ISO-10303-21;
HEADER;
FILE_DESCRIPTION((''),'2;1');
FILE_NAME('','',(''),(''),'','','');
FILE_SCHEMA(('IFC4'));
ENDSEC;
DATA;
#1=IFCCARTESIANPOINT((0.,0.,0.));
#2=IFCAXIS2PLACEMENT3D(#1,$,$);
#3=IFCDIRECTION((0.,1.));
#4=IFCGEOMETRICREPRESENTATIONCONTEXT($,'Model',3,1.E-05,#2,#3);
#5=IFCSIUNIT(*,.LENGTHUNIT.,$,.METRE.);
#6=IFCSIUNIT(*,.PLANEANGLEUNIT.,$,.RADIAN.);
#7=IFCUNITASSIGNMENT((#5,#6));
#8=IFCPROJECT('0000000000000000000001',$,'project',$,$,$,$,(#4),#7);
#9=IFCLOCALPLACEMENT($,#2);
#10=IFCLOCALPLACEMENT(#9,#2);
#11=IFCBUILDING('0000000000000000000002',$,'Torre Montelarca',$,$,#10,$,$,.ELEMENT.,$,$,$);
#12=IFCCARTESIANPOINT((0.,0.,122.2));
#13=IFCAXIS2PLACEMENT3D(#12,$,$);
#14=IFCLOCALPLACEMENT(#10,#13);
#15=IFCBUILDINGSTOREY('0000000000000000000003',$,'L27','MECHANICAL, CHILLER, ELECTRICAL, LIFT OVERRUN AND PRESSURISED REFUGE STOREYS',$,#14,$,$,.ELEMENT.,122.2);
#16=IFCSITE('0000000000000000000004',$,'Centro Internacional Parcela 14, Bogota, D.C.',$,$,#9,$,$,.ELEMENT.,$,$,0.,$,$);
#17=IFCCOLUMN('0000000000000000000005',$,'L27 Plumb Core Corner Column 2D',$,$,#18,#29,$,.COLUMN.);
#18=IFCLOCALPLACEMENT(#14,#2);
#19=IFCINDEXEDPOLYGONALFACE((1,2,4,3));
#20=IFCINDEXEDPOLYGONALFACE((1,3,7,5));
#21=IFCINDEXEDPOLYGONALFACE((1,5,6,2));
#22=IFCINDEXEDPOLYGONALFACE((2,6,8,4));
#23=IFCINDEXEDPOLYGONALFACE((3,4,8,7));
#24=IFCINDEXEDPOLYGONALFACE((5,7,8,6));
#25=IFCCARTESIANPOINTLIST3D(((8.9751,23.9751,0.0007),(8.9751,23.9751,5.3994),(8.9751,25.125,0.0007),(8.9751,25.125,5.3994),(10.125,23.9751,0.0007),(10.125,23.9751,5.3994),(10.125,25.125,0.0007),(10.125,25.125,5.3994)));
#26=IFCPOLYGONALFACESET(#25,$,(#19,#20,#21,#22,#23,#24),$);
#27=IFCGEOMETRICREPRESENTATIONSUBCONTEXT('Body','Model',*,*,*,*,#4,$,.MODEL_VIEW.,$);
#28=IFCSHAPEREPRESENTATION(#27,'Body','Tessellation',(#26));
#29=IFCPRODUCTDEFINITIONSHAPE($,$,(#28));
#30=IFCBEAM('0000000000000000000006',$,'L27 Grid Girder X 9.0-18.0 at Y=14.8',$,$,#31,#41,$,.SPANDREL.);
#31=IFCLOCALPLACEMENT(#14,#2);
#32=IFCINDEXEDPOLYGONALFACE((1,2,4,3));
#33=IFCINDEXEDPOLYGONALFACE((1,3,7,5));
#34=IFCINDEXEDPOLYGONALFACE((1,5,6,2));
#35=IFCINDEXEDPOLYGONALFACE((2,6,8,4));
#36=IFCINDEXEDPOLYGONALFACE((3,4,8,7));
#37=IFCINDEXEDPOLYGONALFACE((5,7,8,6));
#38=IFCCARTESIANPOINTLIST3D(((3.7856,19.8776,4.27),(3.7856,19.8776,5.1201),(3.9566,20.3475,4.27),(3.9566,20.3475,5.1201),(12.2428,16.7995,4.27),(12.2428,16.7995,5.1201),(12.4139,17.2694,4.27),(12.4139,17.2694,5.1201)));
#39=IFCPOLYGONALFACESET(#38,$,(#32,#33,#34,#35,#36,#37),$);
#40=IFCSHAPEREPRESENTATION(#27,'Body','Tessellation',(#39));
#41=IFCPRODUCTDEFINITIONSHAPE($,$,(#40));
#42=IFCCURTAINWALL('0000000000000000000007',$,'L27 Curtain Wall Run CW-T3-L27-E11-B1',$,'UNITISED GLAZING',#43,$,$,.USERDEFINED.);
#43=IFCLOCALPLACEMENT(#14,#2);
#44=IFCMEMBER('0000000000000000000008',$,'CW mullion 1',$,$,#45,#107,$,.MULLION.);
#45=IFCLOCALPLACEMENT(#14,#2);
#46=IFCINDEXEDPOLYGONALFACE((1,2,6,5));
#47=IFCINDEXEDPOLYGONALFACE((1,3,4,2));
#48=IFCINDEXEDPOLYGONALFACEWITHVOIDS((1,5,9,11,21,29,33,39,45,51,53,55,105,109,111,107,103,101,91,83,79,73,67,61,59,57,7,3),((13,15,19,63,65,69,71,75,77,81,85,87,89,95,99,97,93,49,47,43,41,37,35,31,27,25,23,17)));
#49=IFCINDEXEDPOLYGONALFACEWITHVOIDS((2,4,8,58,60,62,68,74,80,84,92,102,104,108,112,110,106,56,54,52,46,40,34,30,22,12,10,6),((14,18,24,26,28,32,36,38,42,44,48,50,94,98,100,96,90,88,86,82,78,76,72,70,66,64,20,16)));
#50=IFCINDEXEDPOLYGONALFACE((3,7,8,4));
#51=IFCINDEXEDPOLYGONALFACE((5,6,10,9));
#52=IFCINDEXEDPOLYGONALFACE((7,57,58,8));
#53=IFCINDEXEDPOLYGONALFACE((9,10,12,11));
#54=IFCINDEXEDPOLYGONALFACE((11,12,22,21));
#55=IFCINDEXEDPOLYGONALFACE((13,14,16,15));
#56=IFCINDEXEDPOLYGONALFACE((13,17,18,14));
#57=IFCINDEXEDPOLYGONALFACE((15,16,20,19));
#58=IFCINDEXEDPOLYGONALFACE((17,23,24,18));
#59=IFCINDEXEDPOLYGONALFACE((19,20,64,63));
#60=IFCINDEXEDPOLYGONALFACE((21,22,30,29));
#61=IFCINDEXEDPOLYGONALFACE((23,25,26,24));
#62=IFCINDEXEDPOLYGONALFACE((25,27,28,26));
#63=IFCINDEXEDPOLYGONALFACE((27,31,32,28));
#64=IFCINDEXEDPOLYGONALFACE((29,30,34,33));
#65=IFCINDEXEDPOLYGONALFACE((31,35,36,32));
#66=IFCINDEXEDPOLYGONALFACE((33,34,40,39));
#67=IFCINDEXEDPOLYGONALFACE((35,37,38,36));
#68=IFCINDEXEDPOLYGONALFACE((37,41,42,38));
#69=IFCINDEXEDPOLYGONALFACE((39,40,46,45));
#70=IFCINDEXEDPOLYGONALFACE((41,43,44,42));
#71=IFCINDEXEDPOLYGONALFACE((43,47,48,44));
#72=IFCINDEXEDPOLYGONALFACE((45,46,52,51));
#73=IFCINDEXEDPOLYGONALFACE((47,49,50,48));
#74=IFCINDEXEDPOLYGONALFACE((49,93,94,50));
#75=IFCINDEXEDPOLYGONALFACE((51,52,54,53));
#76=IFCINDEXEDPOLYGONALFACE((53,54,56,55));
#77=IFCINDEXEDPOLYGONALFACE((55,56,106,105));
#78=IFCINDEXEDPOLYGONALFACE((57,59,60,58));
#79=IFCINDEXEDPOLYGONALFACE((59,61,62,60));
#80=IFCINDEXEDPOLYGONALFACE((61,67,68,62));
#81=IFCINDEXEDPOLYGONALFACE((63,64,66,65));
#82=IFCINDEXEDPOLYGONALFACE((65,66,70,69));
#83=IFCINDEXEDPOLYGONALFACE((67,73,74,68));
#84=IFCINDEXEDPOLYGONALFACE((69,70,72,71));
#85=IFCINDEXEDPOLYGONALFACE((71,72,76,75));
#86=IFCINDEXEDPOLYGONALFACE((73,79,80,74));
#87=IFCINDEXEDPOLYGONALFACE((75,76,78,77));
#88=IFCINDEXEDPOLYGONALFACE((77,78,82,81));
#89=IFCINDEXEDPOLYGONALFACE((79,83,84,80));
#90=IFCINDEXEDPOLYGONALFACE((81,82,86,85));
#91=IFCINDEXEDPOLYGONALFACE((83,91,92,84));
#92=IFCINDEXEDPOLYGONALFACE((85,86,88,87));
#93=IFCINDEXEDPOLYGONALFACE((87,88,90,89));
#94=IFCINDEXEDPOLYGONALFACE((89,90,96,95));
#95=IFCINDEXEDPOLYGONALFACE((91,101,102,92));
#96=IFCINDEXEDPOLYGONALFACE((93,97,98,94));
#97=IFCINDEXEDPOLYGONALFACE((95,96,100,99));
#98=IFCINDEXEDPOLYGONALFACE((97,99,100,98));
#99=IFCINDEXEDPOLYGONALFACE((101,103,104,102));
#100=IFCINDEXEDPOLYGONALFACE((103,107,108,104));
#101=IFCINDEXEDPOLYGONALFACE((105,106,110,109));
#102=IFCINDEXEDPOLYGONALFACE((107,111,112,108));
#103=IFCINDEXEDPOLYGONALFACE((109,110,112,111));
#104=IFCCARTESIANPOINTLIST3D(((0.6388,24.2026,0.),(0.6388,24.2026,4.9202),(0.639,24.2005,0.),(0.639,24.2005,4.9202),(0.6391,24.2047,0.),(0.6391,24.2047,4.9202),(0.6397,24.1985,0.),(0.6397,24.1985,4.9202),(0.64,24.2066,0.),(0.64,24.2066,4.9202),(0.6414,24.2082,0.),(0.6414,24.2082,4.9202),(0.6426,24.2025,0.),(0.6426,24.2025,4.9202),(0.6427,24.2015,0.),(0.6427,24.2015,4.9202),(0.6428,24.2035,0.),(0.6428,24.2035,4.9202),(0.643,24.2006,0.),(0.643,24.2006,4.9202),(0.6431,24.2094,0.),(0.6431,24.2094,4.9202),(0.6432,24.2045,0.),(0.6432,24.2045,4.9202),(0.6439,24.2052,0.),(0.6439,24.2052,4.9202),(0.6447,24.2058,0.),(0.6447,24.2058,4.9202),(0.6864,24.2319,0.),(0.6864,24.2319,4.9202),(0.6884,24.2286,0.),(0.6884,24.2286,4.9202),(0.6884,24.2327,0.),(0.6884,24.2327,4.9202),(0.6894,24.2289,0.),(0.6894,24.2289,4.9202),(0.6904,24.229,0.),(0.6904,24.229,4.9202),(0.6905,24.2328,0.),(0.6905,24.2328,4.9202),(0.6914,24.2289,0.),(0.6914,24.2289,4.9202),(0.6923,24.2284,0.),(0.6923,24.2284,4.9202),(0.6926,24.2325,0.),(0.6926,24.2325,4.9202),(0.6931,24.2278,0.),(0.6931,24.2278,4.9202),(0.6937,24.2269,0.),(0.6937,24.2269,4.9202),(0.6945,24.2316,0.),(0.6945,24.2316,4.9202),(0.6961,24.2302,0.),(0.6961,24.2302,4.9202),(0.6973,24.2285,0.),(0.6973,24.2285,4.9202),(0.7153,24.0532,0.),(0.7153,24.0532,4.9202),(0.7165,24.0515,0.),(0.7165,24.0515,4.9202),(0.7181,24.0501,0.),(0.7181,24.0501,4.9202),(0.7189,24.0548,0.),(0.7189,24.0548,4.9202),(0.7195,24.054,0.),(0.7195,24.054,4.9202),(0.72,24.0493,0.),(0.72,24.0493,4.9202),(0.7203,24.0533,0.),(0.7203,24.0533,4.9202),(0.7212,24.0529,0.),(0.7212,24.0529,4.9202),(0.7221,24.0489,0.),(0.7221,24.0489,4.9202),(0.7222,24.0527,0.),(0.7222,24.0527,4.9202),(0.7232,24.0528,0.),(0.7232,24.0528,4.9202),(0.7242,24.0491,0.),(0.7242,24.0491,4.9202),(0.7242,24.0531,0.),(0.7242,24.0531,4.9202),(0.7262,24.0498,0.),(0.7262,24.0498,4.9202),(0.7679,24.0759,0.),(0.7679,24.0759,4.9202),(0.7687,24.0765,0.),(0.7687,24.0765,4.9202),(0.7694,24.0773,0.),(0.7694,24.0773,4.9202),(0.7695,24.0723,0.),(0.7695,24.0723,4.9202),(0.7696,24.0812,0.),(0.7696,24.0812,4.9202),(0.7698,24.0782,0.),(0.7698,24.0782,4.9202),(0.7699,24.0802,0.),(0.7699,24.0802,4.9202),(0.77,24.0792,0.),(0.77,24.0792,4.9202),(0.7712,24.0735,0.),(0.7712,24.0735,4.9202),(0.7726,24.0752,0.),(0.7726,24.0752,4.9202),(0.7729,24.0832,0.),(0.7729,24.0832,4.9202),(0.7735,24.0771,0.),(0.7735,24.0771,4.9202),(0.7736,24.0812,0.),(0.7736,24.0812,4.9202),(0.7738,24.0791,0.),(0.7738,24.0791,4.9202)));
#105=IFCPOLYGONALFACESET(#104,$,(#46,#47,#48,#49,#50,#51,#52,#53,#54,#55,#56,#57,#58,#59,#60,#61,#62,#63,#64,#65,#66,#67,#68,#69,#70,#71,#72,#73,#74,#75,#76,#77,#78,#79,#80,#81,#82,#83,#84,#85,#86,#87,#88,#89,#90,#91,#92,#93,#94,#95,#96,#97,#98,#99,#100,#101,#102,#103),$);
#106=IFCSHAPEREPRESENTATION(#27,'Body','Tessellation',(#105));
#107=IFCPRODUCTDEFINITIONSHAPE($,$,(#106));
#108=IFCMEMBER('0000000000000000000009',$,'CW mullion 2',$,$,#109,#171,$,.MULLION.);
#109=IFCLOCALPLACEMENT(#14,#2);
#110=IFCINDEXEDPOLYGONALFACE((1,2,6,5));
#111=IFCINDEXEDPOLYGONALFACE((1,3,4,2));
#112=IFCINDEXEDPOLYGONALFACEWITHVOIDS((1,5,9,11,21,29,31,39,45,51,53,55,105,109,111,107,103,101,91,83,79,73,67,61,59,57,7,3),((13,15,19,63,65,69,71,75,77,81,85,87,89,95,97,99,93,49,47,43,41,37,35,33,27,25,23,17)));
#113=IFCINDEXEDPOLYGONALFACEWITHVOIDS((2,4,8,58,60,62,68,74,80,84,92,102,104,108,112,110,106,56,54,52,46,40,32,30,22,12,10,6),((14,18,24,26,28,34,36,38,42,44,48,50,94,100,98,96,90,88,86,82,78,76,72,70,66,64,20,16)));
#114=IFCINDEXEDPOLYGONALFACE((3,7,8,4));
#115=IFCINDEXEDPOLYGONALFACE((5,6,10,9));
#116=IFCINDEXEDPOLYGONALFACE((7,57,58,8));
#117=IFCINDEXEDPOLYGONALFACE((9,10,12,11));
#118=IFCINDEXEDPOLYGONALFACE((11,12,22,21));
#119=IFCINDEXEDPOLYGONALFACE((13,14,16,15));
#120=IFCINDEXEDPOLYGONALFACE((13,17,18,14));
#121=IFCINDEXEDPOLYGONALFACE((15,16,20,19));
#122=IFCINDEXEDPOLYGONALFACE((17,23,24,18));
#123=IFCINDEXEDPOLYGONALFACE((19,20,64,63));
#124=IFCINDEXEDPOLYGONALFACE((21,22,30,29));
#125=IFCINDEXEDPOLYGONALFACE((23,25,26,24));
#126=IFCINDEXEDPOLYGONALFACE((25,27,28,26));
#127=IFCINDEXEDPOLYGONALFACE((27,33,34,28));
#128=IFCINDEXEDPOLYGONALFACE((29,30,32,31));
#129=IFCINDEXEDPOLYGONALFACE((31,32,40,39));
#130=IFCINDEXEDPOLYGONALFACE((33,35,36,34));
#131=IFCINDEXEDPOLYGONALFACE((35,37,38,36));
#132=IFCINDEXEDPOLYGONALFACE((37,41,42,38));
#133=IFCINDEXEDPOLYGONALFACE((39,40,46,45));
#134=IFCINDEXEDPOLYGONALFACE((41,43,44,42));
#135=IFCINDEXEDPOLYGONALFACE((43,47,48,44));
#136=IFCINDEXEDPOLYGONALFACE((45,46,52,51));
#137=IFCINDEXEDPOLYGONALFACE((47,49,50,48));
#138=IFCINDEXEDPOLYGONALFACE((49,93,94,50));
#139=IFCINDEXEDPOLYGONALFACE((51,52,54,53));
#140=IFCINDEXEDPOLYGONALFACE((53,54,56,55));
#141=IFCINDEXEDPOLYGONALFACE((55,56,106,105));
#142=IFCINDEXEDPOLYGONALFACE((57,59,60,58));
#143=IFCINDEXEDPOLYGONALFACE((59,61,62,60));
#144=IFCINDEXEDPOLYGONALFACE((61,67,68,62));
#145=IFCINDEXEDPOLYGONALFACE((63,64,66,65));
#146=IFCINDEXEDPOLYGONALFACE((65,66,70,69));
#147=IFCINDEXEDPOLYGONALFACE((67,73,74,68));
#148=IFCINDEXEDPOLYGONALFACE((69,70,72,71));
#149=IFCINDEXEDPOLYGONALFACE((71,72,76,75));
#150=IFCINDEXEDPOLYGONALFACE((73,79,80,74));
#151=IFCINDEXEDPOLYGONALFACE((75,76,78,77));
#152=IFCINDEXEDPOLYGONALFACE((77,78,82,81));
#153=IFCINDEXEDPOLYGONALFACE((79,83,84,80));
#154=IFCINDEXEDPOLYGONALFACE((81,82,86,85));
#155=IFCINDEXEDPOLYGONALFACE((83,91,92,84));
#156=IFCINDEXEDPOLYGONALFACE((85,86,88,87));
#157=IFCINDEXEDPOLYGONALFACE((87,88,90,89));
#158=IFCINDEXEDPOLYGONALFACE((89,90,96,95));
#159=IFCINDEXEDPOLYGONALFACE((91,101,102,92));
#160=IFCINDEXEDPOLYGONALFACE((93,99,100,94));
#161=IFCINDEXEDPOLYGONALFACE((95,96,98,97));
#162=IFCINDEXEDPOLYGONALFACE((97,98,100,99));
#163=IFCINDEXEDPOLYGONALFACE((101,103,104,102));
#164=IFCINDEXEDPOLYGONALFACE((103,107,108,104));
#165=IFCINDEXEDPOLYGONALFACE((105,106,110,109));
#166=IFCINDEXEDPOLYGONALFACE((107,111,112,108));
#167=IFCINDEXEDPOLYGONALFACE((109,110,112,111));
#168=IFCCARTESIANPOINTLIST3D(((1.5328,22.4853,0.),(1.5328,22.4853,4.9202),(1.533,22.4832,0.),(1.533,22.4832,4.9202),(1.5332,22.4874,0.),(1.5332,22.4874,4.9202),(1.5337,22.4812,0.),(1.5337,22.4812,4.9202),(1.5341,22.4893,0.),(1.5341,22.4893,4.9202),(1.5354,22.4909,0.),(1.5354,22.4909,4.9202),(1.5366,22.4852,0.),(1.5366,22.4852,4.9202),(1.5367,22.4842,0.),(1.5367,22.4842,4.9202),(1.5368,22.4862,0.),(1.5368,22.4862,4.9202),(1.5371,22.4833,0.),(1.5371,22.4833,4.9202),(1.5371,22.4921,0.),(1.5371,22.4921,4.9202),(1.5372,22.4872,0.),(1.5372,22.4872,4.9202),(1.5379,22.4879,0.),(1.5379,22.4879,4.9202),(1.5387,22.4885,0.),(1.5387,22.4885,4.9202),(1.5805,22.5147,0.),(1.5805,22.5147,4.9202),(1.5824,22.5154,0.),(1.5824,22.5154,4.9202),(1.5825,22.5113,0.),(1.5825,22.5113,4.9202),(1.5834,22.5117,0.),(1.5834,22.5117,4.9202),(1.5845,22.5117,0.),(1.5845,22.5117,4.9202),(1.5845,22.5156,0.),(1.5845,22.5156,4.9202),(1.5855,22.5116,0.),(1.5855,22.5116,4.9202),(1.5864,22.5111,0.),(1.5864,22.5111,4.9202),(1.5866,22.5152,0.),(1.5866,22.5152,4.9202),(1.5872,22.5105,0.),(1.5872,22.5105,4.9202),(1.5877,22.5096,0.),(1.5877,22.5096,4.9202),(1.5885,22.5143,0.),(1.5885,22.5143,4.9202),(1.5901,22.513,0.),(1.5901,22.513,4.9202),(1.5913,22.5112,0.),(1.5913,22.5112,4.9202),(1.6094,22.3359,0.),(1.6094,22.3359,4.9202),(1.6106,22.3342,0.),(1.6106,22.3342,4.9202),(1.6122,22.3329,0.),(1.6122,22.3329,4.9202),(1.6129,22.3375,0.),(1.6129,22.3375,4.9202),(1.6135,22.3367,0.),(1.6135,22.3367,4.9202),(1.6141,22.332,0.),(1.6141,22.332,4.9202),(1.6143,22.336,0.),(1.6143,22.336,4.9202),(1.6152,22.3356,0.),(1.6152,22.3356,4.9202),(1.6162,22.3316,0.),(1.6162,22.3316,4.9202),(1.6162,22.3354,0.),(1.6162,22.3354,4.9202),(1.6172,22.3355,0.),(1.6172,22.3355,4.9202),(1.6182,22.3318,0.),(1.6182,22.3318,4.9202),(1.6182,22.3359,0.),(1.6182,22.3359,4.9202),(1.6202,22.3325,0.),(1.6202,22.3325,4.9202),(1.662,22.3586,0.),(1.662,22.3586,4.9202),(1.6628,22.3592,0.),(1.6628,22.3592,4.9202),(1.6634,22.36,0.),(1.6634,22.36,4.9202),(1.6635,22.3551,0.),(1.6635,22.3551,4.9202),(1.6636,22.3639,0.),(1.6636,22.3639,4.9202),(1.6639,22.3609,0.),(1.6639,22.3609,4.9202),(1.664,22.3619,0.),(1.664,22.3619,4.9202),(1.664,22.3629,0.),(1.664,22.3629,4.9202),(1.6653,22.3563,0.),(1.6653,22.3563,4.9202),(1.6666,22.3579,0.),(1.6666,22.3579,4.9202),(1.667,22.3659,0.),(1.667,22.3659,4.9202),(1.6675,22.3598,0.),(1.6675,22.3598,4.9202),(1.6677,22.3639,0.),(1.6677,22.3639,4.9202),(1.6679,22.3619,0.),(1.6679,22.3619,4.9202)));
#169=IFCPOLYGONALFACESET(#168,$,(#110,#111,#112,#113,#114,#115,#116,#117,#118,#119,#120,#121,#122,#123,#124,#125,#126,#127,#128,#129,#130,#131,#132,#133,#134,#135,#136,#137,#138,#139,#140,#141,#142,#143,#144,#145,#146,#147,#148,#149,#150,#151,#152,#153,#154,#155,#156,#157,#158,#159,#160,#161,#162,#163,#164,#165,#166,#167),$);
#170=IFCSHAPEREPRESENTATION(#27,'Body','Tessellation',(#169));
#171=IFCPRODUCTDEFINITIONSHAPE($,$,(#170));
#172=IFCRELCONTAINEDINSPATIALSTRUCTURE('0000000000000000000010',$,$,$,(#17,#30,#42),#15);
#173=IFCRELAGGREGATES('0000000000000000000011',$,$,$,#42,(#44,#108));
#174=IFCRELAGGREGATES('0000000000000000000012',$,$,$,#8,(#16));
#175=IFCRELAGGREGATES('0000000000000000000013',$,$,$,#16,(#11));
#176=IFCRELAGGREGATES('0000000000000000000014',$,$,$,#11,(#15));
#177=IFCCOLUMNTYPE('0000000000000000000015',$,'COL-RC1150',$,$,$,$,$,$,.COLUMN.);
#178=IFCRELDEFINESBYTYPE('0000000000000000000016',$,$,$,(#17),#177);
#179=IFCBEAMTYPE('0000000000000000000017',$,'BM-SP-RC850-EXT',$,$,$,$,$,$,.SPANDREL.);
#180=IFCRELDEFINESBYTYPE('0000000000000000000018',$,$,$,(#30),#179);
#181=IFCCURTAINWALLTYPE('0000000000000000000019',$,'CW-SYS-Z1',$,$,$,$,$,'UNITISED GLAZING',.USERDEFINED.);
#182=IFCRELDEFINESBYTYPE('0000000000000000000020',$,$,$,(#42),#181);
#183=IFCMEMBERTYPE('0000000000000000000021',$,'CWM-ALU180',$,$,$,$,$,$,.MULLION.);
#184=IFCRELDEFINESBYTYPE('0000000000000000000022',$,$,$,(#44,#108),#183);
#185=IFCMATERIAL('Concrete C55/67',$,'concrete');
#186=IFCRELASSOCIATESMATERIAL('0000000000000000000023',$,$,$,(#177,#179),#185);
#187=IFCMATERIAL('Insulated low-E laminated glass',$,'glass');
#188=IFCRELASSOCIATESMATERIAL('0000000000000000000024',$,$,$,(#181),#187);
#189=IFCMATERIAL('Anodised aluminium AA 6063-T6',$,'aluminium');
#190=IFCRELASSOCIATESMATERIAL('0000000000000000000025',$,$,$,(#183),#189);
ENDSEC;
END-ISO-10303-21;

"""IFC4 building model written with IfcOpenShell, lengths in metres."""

from ifc_helpers import new_model, si_unit, direction, frame, origin, origin_2d, place, context, subcontext, project, spatial, rectangle, hollow_rectangle, extrude, source, transform, mapped, material, material_profile, profile_set, type_object, element, aggregate, save


model = new_model("IFC4")

# Units and contexts
model_context = context("Model", 3, precision=1e-05, world=origin(), true_north=direction((0.0, 1.0)))
body_context = subcontext(model_context, "Body", "Model", "MODEL_VIEW")
ifc_project = project(units=[si_unit("LENGTHUNIT", "METRE"), si_unit("PLANEANGLEUNIT", "RADIAN")], contexts=[model_context])

# Site, building, storey
site_placement = place(None, origin())
site = spatial("IfcSite", under=ifc_project, at=site_placement, Name="Centro Internacional Parcela 14, Bogota, D.C.", CompositionType="ELEMENT", RefElevation=0.0)
building_placement = place(site_placement, origin())
building = spatial("IfcBuilding", under=site, at=building_placement, Name="Torre Montelarca", CompositionType="ELEMENT")
storey_placement = place(building_placement, frame((0.0, 0.0, 122.2)))
storey = spatial("IfcBuildingStorey", under=building, at=storey_placement, Name="L27", Description="MECHANICAL, CHILLER, ELECTRICAL, LIFT OVERRUN AND PRESSURISED REFUGE STOREYS", CompositionType="ELEMENT", Elevation=122.2)

# Column
ifc_material_1 = material(Name="Concrete C55/67", Category="concrete")
ifc_material_profile_1 = material_profile(ifc_material_1, rectangle(XDim=1.1499, YDim=1.1499, at=origin_2d()), Name="RC1150X1150", Category="concrete")
ifc_profile_set_1 = profile_set([ifc_material_profile_1], Name="Concrete C55/67")
column_type_1 = type_object("IfcColumnType", Name="COL-RC1150", PredefinedType="COLUMN", material=ifc_profile_set_1)
shared_shape_1 = source(origin(), body_context, "Body", "SweptSolid", [
    extrude(rectangle(XDim=1.1499, YDim=1.1499, at=origin_2d()), origin(), (0.0, 0.0, 1.0), 5.3987),
])
column_1_placement = place(storey_placement, frame((9.55, 24.55, 0.0007), z_axis=(0.0, 0.0, 1.0), x_axis=(1.0, 0.0, 0.0)))
element("IfcColumn", 1, at=column_1_placement, inside=storey, type_object=column_type_1, Name="L27 Plumb Core Corner Column 2D", PredefinedType="COLUMN", context=body_context, shape_type="MappedRepresentation", body=[
    mapped(shared_shape_1, transform((0.0, 0.0, 0.0), scale=1.0)),
])

# Beam
ifc_material_profile_2 = material_profile(ifc_material_1, rectangle(XDim=0.5, YDim=0.8501, at=origin_2d()), Name="RCB500X850", Category="concrete")
ifc_profile_set_2 = profile_set([ifc_material_profile_2], Name="Concrete C55/67")
beam_type = type_object("IfcBeamType", Name="BM-SP-RC850-EXT", PredefinedType="SPANDREL", material=ifc_profile_set_2)
shared_shape_2 = source(origin(), body_context, "Body", "SweptSolid", [
    extrude(rectangle(XDim=0.5, YDim=0.8501, at=origin_2d()), origin(), (0.0, 0.0, 1.0), 9.0),
])
beam_placement = place(storey_placement, frame((3.8711, 20.1125, 4.6951), z_axis=(0.939695, -0.342013, 0.0), x_axis=(0.342013, 0.939695, 0.0)))
element("IfcBeam", 2, at=beam_placement, inside=storey, type_object=beam_type, Name="L27 Grid Girder X 9.0-18.0 at Y=14.8", PredefinedType="SPANDREL", context=body_context, shape_type="MappedRepresentation", body=[
    mapped(shared_shape_2, transform((0.0, 0.0, 0.0), scale=1.0)),
])

# Curtain wall, members
ifc_material_2 = material(Name="Insulated low-E laminated glass", Category="glass")
curtain_wall_type = type_object("IfcCurtainWallType", Name="CW-SYS-Z1", ElementType="UNITISED GLAZING", PredefinedType="USERDEFINED", material=ifc_material_2)
curtain_wall_placement = place(storey_placement, origin())
curtain_wall = element("IfcCurtainWall", 3, at=curtain_wall_placement, inside=storey, type_object=curtain_wall_type, Name="L27 Curtain Wall Run CW-T3-L27-E11-B1", ObjectType="UNITISED GLAZING", PredefinedType="USERDEFINED")
ifc_material_3 = material(Name="Anodised aluminium AA 6063-T6", Category="aluminium")
ifc_material_profile_3 = material_profile(ifc_material_3, hollow_rectangle(XDim=0.0649, YDim=0.1799, WallThickness=0.0039, InnerFilletRadius=0.0039, OuterFilletRadius=0.0081, at=origin_2d()), Name="ALU65X180X4", Category="aluminium")
ifc_profile_set_3 = profile_set([ifc_material_profile_3], Name="Anodised aluminium AA 6063-T6")
member_type_1 = type_object("IfcMemberType", Name="CWM-ALU180", PredefinedType="MULLION", material=ifc_profile_set_3)
shared_shape_3 = source(origin(), body_context, "Body", "SweptSolid", [
    extrude(hollow_rectangle(XDim=0.0649, YDim=0.1799, WallThickness=0.0039, InnerFilletRadius=0.0039, OuterFilletRadius=0.0081, at=origin_2d()), origin(), (0.0, 0.0, 1.0), 4.9202),
])
member_1_placement = place(storey_placement, frame((0.7063, 24.1409, 0.0), z_axis=(0.0, 0.0, 1.0), x_axis=(0.887018, 0.461734, 0.0)))
member_1 = element("IfcMember", 4, at=member_1_placement, type_object=member_type_1, Name="CW mullion 1", PredefinedType="MULLION", context=body_context, shape_type="MappedRepresentation", body=[
    mapped(shared_shape_3, transform((0.0, 0.0, 0.0), scale=1.0)),
])
member_2_placement = place(storey_placement, frame((1.6003, 22.4236, 0.0), z_axis=(0.0, 0.0, 1.0), x_axis=(0.887018, 0.461734, 0.0)))
member_2 = element("IfcMember", 5, at=member_2_placement, type_object=member_type_1, Name="CW mullion 2", PredefinedType="MULLION", context=body_context, shape_type="MappedRepresentation", body=[
    mapped(shared_shape_3, transform((0.0, 0.0, 0.0), scale=1.0)),
])
aggregate(curtain_wall, [member_1, member_2])

save(model, "model.ifc")
